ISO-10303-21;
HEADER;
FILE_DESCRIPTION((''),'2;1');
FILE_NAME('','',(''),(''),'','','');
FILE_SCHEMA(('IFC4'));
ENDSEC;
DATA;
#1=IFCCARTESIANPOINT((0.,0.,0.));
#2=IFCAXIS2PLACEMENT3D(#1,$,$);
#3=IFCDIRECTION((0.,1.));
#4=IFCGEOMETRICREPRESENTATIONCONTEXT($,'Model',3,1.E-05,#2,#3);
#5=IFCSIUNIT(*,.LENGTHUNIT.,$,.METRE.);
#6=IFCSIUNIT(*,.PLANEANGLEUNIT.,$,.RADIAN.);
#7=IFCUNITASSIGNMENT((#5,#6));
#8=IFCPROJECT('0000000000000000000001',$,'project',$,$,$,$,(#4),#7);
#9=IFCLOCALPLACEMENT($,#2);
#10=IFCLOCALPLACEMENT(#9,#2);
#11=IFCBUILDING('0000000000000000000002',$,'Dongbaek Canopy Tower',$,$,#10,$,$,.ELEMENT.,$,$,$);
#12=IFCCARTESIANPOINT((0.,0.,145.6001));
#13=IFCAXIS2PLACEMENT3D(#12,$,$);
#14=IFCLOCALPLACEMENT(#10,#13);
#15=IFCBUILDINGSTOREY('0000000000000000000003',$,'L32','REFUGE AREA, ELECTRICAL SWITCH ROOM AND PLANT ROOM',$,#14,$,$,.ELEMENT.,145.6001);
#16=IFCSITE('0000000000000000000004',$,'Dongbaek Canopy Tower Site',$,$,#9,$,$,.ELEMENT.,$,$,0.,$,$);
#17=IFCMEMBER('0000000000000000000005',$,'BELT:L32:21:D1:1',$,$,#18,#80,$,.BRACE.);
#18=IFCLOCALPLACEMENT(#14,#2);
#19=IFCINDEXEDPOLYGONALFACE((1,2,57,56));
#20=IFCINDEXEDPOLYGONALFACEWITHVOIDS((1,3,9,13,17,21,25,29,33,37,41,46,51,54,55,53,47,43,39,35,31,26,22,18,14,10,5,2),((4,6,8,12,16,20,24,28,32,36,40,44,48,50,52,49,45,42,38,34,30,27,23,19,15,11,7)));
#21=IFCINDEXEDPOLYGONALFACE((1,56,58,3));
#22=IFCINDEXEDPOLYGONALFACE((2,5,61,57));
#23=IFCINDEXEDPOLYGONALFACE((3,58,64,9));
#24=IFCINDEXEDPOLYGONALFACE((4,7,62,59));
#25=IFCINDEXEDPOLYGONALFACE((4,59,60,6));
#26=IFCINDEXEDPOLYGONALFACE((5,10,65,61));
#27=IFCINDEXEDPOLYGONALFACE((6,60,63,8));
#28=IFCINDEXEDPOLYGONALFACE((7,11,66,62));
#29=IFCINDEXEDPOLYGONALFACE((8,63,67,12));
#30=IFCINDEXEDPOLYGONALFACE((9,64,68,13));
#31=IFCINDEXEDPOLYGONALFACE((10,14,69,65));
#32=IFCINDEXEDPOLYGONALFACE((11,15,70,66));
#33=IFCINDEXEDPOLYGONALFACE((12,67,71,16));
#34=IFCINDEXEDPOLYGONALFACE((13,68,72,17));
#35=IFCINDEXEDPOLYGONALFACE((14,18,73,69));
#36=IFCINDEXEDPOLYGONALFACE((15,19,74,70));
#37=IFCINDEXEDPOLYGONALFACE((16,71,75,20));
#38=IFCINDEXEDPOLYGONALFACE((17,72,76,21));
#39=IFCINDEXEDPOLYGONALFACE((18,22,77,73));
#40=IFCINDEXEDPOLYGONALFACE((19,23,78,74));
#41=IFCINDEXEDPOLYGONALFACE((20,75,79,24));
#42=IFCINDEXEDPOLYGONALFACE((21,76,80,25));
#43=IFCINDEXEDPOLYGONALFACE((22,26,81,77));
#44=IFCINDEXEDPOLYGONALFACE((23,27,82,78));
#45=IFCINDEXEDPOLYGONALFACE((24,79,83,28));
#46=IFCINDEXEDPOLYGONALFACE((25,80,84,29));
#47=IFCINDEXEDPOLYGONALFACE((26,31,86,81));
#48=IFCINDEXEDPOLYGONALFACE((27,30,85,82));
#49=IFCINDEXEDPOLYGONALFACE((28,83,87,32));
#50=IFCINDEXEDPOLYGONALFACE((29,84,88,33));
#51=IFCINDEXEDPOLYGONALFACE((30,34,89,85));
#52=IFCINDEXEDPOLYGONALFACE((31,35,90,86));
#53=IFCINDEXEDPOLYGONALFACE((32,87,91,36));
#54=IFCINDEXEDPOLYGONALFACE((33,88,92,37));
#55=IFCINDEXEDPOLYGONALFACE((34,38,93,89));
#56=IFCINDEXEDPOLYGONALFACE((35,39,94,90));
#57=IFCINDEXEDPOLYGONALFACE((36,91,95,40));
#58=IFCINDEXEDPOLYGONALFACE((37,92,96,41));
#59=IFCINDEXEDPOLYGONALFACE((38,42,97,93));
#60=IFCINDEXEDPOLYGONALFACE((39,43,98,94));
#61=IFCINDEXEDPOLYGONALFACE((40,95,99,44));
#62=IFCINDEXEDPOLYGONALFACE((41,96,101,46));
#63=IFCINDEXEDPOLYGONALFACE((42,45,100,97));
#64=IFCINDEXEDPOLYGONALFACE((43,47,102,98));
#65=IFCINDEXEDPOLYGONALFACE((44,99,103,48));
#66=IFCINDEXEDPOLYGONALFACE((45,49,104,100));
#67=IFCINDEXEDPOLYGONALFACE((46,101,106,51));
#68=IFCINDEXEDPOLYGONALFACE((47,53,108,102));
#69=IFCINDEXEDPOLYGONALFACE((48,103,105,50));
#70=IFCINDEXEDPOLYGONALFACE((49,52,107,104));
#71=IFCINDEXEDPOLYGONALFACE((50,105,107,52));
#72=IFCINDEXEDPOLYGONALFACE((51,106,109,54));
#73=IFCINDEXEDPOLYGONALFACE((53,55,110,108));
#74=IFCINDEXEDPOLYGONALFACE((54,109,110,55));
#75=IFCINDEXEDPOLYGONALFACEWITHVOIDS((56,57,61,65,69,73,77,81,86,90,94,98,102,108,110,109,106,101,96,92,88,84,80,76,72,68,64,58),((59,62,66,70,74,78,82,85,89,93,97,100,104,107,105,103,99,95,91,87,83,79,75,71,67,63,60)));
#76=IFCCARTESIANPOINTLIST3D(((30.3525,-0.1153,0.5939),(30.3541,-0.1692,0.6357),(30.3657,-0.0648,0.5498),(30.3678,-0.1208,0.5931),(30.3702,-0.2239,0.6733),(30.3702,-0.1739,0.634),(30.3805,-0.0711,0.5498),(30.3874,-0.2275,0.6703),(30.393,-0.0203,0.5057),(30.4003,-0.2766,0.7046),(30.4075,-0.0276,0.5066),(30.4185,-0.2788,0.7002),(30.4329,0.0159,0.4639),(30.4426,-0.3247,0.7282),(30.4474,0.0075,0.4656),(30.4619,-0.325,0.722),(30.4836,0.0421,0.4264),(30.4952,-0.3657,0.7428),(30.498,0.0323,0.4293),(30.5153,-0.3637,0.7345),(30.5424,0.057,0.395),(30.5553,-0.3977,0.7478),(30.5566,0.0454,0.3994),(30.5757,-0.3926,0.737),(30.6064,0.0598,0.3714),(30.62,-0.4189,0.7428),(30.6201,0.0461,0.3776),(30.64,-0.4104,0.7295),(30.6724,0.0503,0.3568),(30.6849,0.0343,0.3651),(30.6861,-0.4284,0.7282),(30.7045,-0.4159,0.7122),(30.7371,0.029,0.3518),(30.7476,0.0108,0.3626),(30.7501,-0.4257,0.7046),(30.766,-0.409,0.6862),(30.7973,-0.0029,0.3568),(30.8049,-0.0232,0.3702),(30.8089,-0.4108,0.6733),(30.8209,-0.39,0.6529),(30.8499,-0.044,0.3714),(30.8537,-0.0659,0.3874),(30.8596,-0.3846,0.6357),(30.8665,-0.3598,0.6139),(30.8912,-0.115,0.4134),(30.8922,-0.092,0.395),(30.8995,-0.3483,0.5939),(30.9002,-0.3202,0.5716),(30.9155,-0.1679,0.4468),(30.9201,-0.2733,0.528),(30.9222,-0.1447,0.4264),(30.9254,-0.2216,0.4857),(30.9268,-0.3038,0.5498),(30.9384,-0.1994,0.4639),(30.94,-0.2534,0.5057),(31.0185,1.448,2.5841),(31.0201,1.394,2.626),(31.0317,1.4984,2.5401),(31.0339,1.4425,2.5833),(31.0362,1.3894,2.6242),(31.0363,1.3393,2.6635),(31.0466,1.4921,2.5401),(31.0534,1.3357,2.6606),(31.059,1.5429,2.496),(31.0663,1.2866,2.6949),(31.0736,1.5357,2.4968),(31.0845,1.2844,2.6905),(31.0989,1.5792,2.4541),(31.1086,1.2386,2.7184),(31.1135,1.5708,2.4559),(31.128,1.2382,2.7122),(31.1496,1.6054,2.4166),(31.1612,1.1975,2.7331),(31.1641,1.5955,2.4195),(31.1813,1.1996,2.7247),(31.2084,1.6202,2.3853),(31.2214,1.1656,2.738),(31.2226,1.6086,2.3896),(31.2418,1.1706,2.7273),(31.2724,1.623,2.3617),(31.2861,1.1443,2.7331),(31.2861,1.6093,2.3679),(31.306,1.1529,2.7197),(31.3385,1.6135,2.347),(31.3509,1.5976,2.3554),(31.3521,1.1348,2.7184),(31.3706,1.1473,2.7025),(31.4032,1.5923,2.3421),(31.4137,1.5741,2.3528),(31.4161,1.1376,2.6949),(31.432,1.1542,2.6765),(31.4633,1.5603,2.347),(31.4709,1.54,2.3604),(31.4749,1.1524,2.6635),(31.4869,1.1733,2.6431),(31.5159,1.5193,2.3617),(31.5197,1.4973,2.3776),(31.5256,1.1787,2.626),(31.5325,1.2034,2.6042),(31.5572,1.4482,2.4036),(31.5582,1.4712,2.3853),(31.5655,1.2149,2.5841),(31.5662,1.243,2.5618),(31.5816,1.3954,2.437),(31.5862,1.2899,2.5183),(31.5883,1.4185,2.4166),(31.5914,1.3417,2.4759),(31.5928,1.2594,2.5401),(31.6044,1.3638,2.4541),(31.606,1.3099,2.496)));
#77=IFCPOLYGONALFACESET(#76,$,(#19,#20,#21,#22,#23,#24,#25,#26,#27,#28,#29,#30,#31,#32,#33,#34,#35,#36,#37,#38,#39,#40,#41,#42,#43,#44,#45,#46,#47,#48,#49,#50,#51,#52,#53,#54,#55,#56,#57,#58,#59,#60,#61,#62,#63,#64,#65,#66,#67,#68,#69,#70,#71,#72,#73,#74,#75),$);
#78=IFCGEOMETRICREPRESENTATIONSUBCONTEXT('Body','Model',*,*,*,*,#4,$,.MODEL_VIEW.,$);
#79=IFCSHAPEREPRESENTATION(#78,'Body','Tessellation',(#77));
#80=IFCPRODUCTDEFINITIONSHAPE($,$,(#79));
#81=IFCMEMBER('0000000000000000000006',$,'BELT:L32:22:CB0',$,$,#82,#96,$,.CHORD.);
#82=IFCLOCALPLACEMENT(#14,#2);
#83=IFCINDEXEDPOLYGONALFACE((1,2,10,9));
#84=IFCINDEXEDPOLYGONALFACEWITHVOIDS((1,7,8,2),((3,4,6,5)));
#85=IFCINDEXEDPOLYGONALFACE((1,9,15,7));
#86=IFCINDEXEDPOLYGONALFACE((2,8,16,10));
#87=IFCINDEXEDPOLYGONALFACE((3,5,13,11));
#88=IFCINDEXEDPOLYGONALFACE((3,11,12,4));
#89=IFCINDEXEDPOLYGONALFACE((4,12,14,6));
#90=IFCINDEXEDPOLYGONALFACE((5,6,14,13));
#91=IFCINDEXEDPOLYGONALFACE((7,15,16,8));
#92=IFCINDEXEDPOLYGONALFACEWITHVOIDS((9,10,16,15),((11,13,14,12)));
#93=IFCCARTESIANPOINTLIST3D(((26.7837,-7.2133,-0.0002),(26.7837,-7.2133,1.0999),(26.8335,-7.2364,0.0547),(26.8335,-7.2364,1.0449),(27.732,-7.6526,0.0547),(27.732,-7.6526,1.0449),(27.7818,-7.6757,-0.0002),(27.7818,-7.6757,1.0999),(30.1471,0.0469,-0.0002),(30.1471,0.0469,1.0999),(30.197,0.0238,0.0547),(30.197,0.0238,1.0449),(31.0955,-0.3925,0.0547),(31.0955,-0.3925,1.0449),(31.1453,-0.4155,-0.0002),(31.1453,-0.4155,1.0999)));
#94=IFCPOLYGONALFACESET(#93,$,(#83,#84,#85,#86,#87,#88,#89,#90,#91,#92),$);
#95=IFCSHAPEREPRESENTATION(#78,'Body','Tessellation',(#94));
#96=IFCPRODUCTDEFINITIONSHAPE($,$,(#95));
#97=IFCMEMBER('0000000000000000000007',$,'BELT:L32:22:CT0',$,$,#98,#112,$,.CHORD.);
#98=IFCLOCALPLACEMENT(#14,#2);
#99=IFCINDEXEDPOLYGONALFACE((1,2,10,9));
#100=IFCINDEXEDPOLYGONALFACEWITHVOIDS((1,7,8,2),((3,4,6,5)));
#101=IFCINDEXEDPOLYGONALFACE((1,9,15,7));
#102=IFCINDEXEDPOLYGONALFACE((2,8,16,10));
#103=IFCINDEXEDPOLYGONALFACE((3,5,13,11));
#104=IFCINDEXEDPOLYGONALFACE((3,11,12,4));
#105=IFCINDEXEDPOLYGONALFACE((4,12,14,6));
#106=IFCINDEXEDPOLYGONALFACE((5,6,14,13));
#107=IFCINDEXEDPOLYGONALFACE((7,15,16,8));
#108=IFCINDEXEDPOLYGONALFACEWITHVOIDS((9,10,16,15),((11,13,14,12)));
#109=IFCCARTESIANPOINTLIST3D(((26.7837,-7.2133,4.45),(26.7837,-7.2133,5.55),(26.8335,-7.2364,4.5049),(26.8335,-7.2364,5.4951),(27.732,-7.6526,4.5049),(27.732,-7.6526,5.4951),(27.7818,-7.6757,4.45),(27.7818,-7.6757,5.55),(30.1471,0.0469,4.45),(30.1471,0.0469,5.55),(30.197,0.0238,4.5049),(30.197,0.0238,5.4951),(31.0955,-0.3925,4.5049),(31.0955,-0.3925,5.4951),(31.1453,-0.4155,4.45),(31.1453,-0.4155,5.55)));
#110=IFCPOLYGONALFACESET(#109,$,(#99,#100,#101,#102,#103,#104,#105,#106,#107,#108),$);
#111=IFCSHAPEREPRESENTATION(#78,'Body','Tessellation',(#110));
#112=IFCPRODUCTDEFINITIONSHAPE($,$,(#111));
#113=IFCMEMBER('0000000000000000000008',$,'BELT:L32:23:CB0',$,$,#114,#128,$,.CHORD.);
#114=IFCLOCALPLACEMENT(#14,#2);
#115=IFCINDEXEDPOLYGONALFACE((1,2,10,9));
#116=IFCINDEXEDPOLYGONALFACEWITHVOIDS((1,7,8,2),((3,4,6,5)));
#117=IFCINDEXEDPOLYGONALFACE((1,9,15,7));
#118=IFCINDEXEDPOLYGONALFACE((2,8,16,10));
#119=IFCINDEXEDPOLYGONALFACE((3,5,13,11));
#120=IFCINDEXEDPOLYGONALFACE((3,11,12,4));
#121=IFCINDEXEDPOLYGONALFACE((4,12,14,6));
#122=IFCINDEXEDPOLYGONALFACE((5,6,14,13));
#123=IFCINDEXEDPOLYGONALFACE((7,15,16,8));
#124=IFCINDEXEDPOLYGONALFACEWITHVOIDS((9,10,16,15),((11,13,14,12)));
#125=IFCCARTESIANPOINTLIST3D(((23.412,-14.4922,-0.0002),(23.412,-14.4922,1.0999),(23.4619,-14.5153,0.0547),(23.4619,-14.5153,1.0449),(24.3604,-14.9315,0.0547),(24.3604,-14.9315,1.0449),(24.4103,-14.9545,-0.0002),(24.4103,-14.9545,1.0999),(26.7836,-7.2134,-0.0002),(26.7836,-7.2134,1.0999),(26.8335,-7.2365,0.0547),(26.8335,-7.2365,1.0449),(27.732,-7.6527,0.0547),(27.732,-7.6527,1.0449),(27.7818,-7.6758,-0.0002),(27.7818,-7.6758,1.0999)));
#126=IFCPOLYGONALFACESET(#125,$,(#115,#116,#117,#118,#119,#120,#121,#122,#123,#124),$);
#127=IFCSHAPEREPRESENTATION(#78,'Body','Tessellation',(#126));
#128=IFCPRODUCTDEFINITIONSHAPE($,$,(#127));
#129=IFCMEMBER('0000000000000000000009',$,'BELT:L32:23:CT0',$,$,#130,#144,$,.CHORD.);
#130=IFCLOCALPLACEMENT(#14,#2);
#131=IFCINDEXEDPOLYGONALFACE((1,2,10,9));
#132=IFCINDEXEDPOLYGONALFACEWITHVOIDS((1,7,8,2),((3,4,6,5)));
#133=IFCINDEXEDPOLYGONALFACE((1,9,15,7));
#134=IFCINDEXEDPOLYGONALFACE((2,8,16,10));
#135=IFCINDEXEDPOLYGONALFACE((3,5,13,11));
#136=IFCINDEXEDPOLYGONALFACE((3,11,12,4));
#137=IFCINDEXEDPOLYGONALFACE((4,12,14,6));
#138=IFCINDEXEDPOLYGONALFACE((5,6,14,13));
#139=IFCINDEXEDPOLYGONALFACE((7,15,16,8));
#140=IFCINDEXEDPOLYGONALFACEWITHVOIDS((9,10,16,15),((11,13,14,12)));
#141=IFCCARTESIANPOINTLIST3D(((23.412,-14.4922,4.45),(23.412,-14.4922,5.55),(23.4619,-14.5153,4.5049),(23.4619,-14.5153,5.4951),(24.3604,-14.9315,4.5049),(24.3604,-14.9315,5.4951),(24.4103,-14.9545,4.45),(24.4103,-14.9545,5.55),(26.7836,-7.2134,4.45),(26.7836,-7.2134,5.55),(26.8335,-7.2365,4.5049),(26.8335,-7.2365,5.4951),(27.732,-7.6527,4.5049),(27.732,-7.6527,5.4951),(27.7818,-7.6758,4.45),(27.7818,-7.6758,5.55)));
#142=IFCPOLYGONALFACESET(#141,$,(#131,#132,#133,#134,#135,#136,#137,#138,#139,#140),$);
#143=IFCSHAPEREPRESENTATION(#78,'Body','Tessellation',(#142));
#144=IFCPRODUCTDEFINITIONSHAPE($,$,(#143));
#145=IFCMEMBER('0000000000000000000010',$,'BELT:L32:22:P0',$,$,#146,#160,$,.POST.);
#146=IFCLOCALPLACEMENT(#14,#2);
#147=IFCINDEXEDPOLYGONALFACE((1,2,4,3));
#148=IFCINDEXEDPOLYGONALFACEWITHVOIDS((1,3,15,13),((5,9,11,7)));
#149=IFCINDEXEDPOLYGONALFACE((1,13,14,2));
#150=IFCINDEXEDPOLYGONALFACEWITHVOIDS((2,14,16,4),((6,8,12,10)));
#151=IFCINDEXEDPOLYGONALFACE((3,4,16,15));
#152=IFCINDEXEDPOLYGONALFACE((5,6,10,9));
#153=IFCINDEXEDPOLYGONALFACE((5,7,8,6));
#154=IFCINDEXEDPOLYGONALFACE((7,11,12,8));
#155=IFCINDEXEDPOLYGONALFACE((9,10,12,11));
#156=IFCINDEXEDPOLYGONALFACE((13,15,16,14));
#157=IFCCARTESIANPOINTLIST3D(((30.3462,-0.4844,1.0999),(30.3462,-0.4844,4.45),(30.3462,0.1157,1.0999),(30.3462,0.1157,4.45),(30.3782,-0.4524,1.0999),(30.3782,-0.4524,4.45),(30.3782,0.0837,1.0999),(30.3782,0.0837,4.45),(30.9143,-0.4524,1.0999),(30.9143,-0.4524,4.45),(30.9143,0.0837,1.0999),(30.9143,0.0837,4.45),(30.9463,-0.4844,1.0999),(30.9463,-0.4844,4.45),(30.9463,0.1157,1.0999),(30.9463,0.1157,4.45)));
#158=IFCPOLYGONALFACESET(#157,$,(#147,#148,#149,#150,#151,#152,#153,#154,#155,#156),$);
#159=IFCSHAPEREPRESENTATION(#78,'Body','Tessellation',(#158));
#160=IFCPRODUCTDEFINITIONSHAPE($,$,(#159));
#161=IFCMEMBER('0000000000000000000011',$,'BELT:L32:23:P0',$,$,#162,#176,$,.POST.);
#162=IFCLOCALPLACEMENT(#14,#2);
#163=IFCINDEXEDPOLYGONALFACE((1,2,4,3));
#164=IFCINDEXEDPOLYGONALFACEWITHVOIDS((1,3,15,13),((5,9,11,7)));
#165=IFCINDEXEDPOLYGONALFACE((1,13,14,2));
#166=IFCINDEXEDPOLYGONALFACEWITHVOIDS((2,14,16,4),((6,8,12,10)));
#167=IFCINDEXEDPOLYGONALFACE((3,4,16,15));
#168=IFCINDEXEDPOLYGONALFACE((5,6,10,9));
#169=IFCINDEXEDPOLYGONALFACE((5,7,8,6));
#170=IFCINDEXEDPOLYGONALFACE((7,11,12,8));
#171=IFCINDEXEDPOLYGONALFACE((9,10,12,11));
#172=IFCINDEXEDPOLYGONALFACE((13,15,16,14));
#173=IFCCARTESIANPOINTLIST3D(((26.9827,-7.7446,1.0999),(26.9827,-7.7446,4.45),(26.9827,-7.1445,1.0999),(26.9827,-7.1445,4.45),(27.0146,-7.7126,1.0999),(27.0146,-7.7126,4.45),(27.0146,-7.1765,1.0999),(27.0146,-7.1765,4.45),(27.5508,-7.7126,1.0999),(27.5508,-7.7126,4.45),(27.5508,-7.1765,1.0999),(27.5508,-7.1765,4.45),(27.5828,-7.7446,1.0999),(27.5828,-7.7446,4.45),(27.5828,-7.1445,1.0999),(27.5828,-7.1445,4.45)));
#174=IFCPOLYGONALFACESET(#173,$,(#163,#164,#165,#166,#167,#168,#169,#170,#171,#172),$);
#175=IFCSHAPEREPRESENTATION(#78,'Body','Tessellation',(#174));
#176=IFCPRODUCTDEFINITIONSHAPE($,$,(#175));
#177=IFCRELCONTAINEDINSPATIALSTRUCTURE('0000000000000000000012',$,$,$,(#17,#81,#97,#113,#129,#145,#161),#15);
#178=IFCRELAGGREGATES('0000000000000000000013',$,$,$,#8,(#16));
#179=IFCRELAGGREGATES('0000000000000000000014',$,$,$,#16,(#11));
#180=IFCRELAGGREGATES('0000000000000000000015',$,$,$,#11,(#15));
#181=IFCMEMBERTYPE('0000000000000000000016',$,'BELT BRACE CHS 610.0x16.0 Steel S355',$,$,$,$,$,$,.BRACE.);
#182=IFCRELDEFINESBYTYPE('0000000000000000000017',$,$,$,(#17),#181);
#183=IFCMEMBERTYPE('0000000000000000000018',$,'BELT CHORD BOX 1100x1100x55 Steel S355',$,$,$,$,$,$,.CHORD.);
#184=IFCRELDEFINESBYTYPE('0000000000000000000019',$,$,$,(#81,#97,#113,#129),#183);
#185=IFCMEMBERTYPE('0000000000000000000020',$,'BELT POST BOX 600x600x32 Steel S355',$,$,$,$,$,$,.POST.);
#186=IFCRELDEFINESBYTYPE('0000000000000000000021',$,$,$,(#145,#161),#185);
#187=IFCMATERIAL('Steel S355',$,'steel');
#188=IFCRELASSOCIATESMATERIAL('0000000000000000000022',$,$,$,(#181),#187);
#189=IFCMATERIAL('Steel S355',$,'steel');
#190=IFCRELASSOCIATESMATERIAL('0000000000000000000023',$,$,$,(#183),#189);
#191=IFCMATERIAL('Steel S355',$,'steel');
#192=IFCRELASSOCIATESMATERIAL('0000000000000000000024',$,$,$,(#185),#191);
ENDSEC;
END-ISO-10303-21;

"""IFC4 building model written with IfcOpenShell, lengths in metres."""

from ifc_helpers import new_model, si_unit, direction, frame, origin, origin_2d, place, context, subcontext, project, spatial, hollow_rectangle, hollow_circle, extrude, material, material_profile, profile_set, type_object, element, save


model = new_model("IFC4")

# Units and contexts
model_context = context("Model", 3, precision=1e-05, world=origin(), true_north=direction((0.0, 1.0)))
body_context = subcontext(model_context, "Body", "Model", "MODEL_VIEW")
ifc_project = project(units=[si_unit("LENGTHUNIT", "METRE"), si_unit("PLANEANGLEUNIT", "RADIAN")], contexts=[model_context])

# Site, building, storey
site_placement = place(None, origin())
site = spatial("IfcSite", under=ifc_project, at=site_placement, Name="Dongbaek Canopy Tower Site", CompositionType="ELEMENT", RefElevation=0.0)
building_placement = place(site_placement, origin())
building = spatial("IfcBuilding", under=site, at=building_placement, Name="Dongbaek Canopy Tower", CompositionType="ELEMENT")
storey_placement = place(building_placement, frame((0.0, 0.0, 145.6001)))
storey = spatial("IfcBuildingStorey", under=building, at=storey_placement, Name="L32", Description="REFUGE AREA, ELECTRICAL SWITCH ROOM AND PLANT ROOM", CompositionType="ELEMENT", Elevation=145.6001)

# Members
ifc_material_1 = material(Name="Steel S355", Category="steel")
ifc_material_profile_1 = material_profile(ifc_material_1, hollow_circle(Radius=0.3049, WallThickness=0.0161, at=origin_2d()), Name="BELT BRACE CHS 610.0x16.0 Steel S355")
ifc_profile_set_1 = profile_set([ifc_material_profile_1], Name="Steel S355")
member_type_1 = type_object("IfcMemberType", Name="BELT BRACE CHS 610.0x16.0 Steel S355", PredefinedType="BRACE", material=ifc_profile_set_1)
member_1_placement = place(storey_placement, frame((30.6462, -0.1843, 0.5498), z_axis=(0.254503, 0.597354, 0.760524), x_axis=(-0.919983, 0.391959, 0.0)))
element("IfcMember", 1, at=member_1_placement, inside=storey, type_object=member_type_1, Name="BELT:L32:21:D1:1", PredefinedType="BRACE", context=body_context, shape_type="SweptSolid", body=[
    extrude(hollow_circle(Radius=0.3049, WallThickness=0.0161, at=origin_2d()), origin(), (0.0, 0.0, 1.0), 2.6169),
])
ifc_material_2 = material(Name="Steel S355", Category="steel")
ifc_material_profile_2 = material_profile(ifc_material_2, hollow_rectangle(XDim=1.1001, YDim=1.1001, WallThickness=0.0549, at=origin_2d()), Name="BELT CHORD BOX 1100x1100x55 Steel S355")
ifc_profile_set_2 = profile_set([ifc_material_profile_2], Name="Steel S355")
member_type_2 = type_object("IfcMemberType", Name="BELT CHORD BOX 1100x1100x55 Steel S355", PredefinedType="CHORD", material=ifc_profile_set_2)
for number, where, z_axis, x_axis, name in (
    (2, (30.6462, -0.1843, 0.5498), (-0.42036, -0.907357, 0.0), (0.907357, -0.42036, 0.0), "BELT:L32:22:CB0"),
    (3, (30.6462, -0.1843, 5.0), (-0.42036, -0.907357, 0.0), (0.907357, -0.42036, 0.0), "BELT:L32:22:CT0"),
):
    element("IfcMember", number, at=place(storey_placement, frame(where, z_axis=z_axis, x_axis=x_axis)), inside=storey, type_object=member_type_2, Name=name, PredefinedType="CHORD", context=body_context, shape_type="SweptSolid", body=[
        extrude(hollow_rectangle(XDim=1.1001, YDim=1.1001, WallThickness=0.0549, at=origin_2d()), origin(), (0.0, 0.0, 1.0), 8.0015),
    ])
for number, where, z_axis, x_axis, name in (
    (4, (27.2827, -7.4446, 0.5498), (-0.420305, -0.907383, 0.0), (0.907383, -0.420305, 0.0), "BELT:L32:23:CB0"),
    (5, (27.2827, -7.4446, 5.0), (-0.420305, -0.907383, 0.0), (0.907383, -0.420305, 0.0), "BELT:L32:23:CT0"),
):
    element("IfcMember", number, at=place(storey_placement, frame(where, z_axis=z_axis, x_axis=x_axis)), inside=storey, type_object=member_type_2, Name=name, PredefinedType="CHORD", context=body_context, shape_type="SweptSolid", body=[
        extrude(hollow_rectangle(XDim=1.1001, YDim=1.1001, WallThickness=0.0549, at=origin_2d()), origin(), (0.0, 0.0, 1.0), 8.0217),
    ])
ifc_material_3 = material(Name="Steel S355", Category="steel")
ifc_material_profile_3 = material_profile(ifc_material_3, hollow_rectangle(XDim=0.6001, YDim=0.6001, WallThickness=0.032, at=origin_2d()), Name="BELT POST BOX 600x600x32 Steel S355")
ifc_profile_set_3 = profile_set([ifc_material_profile_3], Name="Steel S355")
member_type_3 = type_object("IfcMemberType", Name="BELT POST BOX 600x600x32 Steel S355", PredefinedType="POST", material=ifc_profile_set_3)
for number, where, z_axis, x_axis, name in (
    (6, (30.6462, -0.1843, 1.0999), (0.0, 0.0, 1.0), (1.0, 0.0, 0.0), "BELT:L32:22:P0"),
    (7, (27.2827, -7.4446, 1.0999), (0.0, 0.0, 1.0), (1.0, 0.0, 0.0), "BELT:L32:23:P0"),
):
    element("IfcMember", number, at=place(storey_placement, frame(where, z_axis=z_axis, x_axis=x_axis)), inside=storey, type_object=member_type_3, Name=name, PredefinedType="POST", context=body_context, shape_type="SweptSolid", body=[
        extrude(hollow_rectangle(XDim=0.6001, YDim=0.6001, WallThickness=0.032, at=origin_2d()), origin(), (0.0, 0.0, 1.0), 3.3501),
    ])

save(model, "model.ifc")
